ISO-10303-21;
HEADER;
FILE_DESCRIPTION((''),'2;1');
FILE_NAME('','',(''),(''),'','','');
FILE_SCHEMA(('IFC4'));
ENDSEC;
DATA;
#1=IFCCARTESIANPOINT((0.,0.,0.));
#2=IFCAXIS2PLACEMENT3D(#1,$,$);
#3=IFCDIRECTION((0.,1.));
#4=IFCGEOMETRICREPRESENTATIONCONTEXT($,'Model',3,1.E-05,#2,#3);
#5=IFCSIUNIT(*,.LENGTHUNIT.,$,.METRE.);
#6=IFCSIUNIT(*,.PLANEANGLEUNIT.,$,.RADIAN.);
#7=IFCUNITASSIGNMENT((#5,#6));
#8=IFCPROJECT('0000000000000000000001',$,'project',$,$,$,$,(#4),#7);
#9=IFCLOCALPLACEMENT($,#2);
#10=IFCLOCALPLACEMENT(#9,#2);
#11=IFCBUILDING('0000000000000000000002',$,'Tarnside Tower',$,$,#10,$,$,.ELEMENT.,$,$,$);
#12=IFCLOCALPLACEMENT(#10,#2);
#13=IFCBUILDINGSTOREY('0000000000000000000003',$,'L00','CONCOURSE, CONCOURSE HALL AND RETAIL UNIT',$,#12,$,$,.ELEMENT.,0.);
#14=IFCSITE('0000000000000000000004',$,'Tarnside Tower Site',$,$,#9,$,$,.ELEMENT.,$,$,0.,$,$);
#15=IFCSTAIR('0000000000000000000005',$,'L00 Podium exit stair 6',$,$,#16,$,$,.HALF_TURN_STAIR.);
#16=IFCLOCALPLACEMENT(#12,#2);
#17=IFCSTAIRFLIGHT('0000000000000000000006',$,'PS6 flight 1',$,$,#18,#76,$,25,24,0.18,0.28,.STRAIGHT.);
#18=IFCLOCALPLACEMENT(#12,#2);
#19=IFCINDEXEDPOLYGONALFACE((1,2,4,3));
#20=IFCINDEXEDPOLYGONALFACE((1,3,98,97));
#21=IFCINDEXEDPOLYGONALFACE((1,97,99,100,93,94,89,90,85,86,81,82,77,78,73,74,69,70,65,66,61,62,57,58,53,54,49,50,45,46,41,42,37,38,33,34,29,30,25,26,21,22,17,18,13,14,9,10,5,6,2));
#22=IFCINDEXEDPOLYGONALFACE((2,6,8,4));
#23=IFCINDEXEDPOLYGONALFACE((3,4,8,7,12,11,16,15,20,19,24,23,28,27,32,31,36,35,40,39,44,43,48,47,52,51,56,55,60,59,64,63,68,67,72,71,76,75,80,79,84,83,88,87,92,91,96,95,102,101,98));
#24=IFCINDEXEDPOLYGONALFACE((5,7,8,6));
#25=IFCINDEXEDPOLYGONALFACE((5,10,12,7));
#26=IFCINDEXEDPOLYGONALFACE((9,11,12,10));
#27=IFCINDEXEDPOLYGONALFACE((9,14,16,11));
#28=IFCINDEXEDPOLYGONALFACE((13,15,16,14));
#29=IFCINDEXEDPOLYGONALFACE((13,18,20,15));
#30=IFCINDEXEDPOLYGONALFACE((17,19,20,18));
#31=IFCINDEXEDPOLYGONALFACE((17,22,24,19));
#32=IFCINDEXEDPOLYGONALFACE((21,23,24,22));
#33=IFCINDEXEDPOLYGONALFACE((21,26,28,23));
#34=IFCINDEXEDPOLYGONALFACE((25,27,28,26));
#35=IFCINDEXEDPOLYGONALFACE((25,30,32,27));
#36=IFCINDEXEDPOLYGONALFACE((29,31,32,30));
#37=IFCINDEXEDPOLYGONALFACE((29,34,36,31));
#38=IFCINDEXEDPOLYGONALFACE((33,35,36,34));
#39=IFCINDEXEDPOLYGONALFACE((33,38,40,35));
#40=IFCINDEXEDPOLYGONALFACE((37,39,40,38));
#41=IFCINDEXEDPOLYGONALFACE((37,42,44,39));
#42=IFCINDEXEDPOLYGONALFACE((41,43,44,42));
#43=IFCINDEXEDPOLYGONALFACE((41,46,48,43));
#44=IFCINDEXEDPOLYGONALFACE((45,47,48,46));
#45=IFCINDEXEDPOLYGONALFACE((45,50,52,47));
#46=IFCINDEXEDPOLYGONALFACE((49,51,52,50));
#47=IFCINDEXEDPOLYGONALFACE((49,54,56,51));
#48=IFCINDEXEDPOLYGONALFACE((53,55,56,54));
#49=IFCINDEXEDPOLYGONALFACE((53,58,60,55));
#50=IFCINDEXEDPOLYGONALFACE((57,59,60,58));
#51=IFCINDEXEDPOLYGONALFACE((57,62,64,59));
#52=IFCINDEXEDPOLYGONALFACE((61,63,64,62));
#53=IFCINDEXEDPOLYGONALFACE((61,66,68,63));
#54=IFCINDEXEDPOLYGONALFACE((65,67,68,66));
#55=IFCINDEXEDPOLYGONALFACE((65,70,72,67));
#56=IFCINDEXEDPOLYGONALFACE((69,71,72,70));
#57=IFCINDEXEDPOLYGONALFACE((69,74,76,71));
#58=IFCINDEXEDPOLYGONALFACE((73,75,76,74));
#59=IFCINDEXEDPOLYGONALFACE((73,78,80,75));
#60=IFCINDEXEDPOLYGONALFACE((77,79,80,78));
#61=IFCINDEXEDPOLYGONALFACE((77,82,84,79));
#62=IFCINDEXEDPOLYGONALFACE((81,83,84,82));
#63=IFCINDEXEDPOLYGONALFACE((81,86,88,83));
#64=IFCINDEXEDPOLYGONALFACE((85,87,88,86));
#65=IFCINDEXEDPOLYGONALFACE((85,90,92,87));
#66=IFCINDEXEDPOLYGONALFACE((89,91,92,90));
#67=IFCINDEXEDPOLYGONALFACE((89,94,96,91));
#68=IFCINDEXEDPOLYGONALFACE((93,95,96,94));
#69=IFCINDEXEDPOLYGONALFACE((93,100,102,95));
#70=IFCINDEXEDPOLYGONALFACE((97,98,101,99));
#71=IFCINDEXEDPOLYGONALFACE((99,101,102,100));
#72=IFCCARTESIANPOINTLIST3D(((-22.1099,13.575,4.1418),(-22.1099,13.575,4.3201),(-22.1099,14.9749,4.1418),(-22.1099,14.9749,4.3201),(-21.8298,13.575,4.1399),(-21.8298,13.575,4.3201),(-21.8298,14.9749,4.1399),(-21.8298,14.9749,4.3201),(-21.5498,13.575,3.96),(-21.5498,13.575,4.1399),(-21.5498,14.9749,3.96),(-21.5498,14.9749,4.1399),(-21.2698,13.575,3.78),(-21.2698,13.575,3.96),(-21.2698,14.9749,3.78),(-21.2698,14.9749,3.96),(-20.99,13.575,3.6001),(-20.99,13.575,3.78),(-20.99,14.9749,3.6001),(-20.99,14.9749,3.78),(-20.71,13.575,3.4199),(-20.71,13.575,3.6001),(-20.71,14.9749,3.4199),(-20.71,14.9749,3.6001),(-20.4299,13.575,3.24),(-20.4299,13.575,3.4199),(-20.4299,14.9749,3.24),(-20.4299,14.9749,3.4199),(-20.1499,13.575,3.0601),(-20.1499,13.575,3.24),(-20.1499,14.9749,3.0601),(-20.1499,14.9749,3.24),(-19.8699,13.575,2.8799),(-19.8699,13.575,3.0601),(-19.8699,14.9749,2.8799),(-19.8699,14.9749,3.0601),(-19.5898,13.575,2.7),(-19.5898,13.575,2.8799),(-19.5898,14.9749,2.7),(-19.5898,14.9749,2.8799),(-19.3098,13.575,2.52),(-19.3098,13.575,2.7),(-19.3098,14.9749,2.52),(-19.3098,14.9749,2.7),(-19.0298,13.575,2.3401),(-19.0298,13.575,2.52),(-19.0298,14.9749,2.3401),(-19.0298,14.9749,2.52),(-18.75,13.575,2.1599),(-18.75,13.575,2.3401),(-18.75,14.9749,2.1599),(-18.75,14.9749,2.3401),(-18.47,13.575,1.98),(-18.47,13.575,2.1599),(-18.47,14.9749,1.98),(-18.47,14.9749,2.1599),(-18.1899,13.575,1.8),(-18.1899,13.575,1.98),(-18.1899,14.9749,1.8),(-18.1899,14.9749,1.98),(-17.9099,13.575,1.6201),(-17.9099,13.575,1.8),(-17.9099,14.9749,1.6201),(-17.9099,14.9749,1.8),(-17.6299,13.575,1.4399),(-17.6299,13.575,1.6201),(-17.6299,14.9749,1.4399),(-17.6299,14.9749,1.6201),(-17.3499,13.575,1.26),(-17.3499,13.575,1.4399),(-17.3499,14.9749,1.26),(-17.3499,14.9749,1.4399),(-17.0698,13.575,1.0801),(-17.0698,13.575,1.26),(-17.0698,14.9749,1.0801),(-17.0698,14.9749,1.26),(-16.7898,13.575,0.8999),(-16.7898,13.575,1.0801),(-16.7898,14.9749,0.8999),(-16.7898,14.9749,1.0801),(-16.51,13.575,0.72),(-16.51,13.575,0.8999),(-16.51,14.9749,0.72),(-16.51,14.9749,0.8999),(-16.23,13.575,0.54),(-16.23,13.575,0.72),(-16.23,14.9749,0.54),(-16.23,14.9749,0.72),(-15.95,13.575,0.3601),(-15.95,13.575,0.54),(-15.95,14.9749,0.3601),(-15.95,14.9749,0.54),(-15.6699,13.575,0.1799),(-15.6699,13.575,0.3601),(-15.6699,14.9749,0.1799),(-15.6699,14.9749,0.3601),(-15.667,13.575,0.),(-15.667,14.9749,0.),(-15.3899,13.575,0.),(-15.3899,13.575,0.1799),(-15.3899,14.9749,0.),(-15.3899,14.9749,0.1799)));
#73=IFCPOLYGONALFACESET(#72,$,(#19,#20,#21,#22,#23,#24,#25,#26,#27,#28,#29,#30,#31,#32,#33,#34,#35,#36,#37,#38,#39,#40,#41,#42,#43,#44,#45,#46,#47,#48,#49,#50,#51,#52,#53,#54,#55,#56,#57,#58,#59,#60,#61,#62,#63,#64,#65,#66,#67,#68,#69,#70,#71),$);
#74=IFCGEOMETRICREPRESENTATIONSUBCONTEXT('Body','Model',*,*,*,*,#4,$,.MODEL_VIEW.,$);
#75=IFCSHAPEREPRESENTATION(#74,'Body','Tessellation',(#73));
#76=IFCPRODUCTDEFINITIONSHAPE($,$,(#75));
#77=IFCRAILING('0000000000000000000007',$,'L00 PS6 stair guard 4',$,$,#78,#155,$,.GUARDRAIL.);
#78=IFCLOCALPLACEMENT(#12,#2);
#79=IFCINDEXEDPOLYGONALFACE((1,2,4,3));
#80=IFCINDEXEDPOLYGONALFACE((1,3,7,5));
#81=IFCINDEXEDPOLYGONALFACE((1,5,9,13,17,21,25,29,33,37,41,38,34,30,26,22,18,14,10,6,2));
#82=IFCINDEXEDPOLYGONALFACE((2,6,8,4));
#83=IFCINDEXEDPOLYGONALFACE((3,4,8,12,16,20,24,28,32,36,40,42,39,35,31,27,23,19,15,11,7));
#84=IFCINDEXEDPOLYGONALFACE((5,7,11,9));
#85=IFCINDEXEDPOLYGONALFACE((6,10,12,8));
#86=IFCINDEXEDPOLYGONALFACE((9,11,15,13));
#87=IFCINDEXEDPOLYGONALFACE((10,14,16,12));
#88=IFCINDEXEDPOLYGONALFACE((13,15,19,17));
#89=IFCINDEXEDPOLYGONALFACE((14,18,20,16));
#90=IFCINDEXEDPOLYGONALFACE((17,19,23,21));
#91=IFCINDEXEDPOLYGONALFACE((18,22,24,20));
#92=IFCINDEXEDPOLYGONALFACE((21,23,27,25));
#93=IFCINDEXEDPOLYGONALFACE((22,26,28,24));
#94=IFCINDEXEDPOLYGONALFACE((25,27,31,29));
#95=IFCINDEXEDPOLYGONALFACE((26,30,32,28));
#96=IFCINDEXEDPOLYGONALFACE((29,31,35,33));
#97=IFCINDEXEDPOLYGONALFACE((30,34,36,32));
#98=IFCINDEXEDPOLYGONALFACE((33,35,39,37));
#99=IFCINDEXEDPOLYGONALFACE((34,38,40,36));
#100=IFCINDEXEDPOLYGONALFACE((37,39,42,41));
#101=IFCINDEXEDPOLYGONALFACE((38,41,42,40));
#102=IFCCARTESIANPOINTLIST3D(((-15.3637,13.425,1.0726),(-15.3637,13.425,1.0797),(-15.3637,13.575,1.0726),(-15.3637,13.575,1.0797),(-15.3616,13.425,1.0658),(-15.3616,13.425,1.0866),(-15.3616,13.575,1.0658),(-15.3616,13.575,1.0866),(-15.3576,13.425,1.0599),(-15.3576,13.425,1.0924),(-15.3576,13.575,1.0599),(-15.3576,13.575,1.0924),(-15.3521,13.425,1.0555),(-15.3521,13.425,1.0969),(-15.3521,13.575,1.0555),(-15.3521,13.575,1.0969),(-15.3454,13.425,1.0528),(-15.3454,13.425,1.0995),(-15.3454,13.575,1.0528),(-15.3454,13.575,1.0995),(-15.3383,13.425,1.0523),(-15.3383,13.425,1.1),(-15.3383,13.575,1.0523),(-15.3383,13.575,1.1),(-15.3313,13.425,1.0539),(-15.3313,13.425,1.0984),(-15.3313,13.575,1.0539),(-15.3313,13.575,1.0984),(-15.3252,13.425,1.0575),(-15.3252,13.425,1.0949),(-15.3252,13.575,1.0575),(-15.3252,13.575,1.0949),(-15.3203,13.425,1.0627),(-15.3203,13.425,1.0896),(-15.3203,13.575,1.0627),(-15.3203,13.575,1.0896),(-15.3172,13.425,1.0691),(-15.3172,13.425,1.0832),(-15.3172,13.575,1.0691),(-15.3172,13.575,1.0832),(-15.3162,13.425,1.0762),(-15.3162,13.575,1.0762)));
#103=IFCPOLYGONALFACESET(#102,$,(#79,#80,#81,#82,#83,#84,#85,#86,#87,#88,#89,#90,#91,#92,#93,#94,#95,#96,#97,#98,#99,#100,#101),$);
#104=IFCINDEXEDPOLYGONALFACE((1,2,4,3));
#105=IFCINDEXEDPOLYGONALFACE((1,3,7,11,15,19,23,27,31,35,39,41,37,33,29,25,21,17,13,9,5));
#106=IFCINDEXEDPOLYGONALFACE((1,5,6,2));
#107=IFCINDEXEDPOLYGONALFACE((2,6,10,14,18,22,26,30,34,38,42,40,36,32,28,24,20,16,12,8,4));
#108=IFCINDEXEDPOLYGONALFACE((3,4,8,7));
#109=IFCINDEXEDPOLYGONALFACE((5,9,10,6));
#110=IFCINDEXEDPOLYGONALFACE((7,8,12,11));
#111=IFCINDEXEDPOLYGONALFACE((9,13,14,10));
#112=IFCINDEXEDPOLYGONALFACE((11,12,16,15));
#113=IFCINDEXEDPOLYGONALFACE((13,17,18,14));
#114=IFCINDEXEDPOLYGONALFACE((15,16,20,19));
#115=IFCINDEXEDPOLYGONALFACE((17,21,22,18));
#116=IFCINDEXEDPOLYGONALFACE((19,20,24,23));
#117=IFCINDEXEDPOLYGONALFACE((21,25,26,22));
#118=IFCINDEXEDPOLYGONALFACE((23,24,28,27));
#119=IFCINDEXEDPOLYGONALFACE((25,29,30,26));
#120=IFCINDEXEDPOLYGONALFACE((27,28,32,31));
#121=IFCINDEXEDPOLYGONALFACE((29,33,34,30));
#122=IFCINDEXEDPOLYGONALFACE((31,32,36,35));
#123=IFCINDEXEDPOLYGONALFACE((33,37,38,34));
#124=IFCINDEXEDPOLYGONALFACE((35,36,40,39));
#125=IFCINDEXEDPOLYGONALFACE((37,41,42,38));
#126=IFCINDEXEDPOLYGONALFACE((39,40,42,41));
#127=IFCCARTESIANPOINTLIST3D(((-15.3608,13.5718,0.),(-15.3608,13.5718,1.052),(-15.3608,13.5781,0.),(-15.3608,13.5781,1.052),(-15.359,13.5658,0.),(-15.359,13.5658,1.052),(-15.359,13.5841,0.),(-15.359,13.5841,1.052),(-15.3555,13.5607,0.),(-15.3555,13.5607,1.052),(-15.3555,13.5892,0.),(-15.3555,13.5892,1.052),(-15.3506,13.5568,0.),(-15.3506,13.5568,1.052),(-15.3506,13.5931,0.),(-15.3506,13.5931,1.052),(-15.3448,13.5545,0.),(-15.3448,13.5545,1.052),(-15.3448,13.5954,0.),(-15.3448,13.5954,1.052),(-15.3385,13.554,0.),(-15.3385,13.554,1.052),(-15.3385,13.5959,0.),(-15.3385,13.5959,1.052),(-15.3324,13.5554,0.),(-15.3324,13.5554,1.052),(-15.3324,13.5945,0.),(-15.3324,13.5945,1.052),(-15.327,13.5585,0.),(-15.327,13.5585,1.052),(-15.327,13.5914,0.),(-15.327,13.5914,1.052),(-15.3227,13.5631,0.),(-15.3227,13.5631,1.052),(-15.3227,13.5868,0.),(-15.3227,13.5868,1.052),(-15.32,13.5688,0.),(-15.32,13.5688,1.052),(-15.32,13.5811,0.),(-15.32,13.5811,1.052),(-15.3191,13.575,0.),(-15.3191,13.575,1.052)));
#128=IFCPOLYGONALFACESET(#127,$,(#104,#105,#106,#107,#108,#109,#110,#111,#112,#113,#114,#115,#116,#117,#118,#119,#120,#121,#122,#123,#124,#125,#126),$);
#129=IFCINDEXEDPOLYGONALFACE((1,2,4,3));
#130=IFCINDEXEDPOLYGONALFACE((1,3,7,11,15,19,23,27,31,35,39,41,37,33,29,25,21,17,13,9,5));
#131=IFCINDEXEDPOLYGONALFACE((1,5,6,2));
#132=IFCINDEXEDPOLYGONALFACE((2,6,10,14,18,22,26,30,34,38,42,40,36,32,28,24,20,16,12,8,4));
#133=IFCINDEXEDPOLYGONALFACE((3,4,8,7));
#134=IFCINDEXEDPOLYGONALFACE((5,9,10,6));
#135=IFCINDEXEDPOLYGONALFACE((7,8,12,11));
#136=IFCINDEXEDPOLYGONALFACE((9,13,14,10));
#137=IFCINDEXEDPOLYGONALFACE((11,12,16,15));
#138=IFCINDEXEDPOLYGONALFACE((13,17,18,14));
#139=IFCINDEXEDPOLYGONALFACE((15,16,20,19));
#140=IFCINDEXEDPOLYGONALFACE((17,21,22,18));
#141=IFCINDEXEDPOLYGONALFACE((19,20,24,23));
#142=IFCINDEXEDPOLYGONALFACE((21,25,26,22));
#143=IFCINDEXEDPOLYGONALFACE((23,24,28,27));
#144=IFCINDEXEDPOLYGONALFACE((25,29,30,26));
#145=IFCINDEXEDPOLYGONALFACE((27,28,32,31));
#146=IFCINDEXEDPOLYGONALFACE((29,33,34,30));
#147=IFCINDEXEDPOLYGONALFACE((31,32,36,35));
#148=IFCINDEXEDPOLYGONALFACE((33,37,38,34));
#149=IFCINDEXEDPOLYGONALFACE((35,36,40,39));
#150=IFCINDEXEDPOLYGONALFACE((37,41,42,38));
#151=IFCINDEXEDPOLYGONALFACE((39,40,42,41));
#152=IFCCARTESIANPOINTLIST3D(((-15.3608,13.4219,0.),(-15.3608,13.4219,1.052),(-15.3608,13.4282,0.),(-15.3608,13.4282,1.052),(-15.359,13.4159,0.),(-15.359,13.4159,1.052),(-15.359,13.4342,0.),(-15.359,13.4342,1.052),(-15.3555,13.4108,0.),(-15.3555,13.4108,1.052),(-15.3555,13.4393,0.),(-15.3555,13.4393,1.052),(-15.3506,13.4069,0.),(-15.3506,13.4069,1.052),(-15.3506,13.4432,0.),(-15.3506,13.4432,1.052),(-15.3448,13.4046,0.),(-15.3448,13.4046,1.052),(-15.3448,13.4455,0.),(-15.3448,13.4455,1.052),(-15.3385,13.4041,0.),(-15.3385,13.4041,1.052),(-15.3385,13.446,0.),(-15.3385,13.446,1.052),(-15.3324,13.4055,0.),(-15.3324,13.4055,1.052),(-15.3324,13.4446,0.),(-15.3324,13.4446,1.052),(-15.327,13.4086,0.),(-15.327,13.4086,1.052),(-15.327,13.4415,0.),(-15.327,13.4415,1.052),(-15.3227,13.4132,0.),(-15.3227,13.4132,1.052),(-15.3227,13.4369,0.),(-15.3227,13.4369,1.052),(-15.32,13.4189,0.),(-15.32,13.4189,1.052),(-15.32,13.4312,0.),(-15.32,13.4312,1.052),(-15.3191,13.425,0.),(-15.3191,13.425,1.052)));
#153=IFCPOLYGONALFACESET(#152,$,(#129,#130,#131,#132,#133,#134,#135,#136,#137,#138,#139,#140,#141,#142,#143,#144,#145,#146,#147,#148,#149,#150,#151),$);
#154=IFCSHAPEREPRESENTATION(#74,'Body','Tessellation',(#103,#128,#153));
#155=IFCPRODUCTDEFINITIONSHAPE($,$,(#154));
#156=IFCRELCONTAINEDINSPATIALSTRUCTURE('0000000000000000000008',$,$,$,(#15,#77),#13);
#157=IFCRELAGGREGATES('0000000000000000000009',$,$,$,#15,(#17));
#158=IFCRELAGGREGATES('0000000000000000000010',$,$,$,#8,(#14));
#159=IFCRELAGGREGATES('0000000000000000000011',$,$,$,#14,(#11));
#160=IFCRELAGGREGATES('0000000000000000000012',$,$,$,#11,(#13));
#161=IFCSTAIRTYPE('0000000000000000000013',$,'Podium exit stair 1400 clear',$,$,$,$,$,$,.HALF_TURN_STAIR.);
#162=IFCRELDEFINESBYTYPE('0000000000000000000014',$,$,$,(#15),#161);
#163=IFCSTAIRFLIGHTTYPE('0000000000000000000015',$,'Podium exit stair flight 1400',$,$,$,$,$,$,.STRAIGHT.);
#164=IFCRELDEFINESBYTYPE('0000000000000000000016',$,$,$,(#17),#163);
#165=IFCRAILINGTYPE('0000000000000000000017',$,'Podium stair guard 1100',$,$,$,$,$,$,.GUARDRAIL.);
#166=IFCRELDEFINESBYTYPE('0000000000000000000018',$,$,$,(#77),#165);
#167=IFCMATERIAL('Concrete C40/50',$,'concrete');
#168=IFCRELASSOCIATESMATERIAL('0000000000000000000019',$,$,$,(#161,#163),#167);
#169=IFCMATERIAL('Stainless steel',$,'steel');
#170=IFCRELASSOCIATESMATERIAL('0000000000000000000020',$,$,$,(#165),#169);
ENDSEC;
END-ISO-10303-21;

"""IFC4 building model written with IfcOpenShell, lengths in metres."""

from ifc_helpers import new_model, si_unit, direction, frame, origin, origin_2d, place, context, subcontext, project, spatial, polyline, circle, outline, extrude, material, type_object, element, aggregate, save


model = new_model("IFC4")

# Units and contexts
model_context = context("Model", 3, precision=1e-05, world=origin(), true_north=direction((0.0, 1.0)))
body_context = subcontext(model_context, "Body", "Model", "MODEL_VIEW")
ifc_project = project(units=[si_unit("LENGTHUNIT", "METRE"), si_unit("PLANEANGLEUNIT", "RADIAN")], contexts=[model_context])

# Site, building, storey
site_placement = place(None, origin())
site = spatial("IfcSite", under=ifc_project, at=site_placement, Name="Tarnside Tower Site", CompositionType="ELEMENT", RefElevation=0.0)
building_placement = place(site_placement, origin())
building = spatial("IfcBuilding", under=site, at=building_placement, Name="Tarnside Tower", CompositionType="ELEMENT")
storey_placement = place(building_placement, origin())
storey = spatial("IfcBuildingStorey", under=building, at=storey_placement, Name="L00", Description="CONCOURSE, CONCOURSE HALL AND RETAIL UNIT", CompositionType="ELEMENT", Elevation=0.0)

# Shared definitions
ifc_material_1 = material(Name="Concrete C40/50", Category="concrete")

# Stair, stair flight
stair_type = type_object("IfcStairType", Name="Podium exit stair 1400 clear", PredefinedType="HALF_TURN_STAIR", material=ifc_material_1)
stair_placement = place(storey_placement, origin())
stair = element("IfcStair", 1, at=stair_placement, inside=storey, type_object=stair_type, Name="L00 Podium exit stair 6", PredefinedType="HALF_TURN_STAIR")
stair_flight_type = type_object("IfcStairFlightType", Name="Podium exit stair flight 1400", PredefinedType="STRAIGHT", material=ifc_material_1)
stair_flight_placement = place(storey_placement, frame((-15.3899, 14.2749, 0.0), z_axis=(0.0, 0.0, 1.0), x_axis=(-1.0, 0.0, 0.0)))
stair_flight = element("IfcStairFlight", 2, at=stair_flight_placement, type_object=stair_flight_type, Name="PS6 flight 1", NumberOfRisers=25, NumberOfTreads=24, PredefinedType="STRAIGHT", RiserHeight=0.18, TreadLength=0.28, context=body_context, shape_type="SweptSolid", body=[
    extrude(outline(polyline([(0.0, 0.0), (0.0, 0.1799), (0.28, 0.1799), (0.28, 0.3601), (0.5601, 0.3601), (0.5601, 0.54), (0.8401, 0.54), (0.8401, 0.72), (1.1201, 0.72), (1.1201, 0.8999), (1.3999, 0.8999), (1.3999, 1.0801), (1.6799, 1.0801), (1.6799, 1.26), (1.96, 1.26), (1.96, 1.4399), (2.24, 1.4399), (2.24, 1.6201), (2.52, 1.6201), (2.52, 1.8), (2.8, 1.8), (2.8, 1.98), (3.0801, 1.98), (3.0801, 2.1599), (3.3601, 2.1599), (3.3601, 2.3401), (3.6399, 2.3401), (3.6399, 2.52), (3.9199, 2.52), (3.9199, 2.7), (4.2, 2.7), (4.2, 2.8799), (4.48, 2.8799), (4.48, 3.0601), (4.76, 3.0601), (4.76, 3.24), (5.04, 3.24), (5.04, 3.4199), (5.3201, 3.4199), (5.3201, 3.6001), (5.6001, 3.6001), (5.6001, 3.78), (5.8799, 3.78), (5.8799, 3.96), (6.1599, 3.96), (6.1599, 4.1399), (6.4399, 4.1399), (6.4399, 4.3201), (6.72, 4.3201), (6.72, 4.5), (6.72, 4.1418), (0.2771, 0.0), (0.0, 0.0)])), frame((0.0, 0.7, 0.0), z_axis=(0.0, -1.0, 0.0), x_axis=(1.0, 0.0, 0.0)), (0.0, 0.0, 1.0), 1.3999),
])
aggregate(stair, [stair_flight])

# Railing
ifc_material_2 = material(Name="Stainless steel", Category="steel")
railing_type = type_object("IfcRailingType", Name="Podium stair guard 1100", PredefinedType="GUARDRAIL", material=ifc_material_2)
railing_1_placement = place(storey_placement, frame((-15.3401, 13.575, 0.0)))
element("IfcRailing", 3, at=railing_1_placement, inside=storey, type_object=railing_type, Name="L00 PS6 stair guard 4", PredefinedType="GUARDRAIL", context=body_context, shape_type="SweptSolid", body=[
    extrude(circle(Radius=0.0239, at=origin_2d()), frame((0.0, 0.0, 1.0762), z_axis=(0.0, -1.0, 0.0), x_axis=(1.0, 0.0, 0.0)), (0.0, 0.0, 1.0), 0.1499),
    extrude(circle(Radius=0.021, at=origin_2d()), origin(), (0.0, 0.0, 1.0), 1.052),
    extrude(circle(Radius=0.021, at=origin_2d()), frame((0.0, -0.1499, 0.0)), (0.0, 0.0, 1.0), 1.052),
])

save(model, "model.ifc")
